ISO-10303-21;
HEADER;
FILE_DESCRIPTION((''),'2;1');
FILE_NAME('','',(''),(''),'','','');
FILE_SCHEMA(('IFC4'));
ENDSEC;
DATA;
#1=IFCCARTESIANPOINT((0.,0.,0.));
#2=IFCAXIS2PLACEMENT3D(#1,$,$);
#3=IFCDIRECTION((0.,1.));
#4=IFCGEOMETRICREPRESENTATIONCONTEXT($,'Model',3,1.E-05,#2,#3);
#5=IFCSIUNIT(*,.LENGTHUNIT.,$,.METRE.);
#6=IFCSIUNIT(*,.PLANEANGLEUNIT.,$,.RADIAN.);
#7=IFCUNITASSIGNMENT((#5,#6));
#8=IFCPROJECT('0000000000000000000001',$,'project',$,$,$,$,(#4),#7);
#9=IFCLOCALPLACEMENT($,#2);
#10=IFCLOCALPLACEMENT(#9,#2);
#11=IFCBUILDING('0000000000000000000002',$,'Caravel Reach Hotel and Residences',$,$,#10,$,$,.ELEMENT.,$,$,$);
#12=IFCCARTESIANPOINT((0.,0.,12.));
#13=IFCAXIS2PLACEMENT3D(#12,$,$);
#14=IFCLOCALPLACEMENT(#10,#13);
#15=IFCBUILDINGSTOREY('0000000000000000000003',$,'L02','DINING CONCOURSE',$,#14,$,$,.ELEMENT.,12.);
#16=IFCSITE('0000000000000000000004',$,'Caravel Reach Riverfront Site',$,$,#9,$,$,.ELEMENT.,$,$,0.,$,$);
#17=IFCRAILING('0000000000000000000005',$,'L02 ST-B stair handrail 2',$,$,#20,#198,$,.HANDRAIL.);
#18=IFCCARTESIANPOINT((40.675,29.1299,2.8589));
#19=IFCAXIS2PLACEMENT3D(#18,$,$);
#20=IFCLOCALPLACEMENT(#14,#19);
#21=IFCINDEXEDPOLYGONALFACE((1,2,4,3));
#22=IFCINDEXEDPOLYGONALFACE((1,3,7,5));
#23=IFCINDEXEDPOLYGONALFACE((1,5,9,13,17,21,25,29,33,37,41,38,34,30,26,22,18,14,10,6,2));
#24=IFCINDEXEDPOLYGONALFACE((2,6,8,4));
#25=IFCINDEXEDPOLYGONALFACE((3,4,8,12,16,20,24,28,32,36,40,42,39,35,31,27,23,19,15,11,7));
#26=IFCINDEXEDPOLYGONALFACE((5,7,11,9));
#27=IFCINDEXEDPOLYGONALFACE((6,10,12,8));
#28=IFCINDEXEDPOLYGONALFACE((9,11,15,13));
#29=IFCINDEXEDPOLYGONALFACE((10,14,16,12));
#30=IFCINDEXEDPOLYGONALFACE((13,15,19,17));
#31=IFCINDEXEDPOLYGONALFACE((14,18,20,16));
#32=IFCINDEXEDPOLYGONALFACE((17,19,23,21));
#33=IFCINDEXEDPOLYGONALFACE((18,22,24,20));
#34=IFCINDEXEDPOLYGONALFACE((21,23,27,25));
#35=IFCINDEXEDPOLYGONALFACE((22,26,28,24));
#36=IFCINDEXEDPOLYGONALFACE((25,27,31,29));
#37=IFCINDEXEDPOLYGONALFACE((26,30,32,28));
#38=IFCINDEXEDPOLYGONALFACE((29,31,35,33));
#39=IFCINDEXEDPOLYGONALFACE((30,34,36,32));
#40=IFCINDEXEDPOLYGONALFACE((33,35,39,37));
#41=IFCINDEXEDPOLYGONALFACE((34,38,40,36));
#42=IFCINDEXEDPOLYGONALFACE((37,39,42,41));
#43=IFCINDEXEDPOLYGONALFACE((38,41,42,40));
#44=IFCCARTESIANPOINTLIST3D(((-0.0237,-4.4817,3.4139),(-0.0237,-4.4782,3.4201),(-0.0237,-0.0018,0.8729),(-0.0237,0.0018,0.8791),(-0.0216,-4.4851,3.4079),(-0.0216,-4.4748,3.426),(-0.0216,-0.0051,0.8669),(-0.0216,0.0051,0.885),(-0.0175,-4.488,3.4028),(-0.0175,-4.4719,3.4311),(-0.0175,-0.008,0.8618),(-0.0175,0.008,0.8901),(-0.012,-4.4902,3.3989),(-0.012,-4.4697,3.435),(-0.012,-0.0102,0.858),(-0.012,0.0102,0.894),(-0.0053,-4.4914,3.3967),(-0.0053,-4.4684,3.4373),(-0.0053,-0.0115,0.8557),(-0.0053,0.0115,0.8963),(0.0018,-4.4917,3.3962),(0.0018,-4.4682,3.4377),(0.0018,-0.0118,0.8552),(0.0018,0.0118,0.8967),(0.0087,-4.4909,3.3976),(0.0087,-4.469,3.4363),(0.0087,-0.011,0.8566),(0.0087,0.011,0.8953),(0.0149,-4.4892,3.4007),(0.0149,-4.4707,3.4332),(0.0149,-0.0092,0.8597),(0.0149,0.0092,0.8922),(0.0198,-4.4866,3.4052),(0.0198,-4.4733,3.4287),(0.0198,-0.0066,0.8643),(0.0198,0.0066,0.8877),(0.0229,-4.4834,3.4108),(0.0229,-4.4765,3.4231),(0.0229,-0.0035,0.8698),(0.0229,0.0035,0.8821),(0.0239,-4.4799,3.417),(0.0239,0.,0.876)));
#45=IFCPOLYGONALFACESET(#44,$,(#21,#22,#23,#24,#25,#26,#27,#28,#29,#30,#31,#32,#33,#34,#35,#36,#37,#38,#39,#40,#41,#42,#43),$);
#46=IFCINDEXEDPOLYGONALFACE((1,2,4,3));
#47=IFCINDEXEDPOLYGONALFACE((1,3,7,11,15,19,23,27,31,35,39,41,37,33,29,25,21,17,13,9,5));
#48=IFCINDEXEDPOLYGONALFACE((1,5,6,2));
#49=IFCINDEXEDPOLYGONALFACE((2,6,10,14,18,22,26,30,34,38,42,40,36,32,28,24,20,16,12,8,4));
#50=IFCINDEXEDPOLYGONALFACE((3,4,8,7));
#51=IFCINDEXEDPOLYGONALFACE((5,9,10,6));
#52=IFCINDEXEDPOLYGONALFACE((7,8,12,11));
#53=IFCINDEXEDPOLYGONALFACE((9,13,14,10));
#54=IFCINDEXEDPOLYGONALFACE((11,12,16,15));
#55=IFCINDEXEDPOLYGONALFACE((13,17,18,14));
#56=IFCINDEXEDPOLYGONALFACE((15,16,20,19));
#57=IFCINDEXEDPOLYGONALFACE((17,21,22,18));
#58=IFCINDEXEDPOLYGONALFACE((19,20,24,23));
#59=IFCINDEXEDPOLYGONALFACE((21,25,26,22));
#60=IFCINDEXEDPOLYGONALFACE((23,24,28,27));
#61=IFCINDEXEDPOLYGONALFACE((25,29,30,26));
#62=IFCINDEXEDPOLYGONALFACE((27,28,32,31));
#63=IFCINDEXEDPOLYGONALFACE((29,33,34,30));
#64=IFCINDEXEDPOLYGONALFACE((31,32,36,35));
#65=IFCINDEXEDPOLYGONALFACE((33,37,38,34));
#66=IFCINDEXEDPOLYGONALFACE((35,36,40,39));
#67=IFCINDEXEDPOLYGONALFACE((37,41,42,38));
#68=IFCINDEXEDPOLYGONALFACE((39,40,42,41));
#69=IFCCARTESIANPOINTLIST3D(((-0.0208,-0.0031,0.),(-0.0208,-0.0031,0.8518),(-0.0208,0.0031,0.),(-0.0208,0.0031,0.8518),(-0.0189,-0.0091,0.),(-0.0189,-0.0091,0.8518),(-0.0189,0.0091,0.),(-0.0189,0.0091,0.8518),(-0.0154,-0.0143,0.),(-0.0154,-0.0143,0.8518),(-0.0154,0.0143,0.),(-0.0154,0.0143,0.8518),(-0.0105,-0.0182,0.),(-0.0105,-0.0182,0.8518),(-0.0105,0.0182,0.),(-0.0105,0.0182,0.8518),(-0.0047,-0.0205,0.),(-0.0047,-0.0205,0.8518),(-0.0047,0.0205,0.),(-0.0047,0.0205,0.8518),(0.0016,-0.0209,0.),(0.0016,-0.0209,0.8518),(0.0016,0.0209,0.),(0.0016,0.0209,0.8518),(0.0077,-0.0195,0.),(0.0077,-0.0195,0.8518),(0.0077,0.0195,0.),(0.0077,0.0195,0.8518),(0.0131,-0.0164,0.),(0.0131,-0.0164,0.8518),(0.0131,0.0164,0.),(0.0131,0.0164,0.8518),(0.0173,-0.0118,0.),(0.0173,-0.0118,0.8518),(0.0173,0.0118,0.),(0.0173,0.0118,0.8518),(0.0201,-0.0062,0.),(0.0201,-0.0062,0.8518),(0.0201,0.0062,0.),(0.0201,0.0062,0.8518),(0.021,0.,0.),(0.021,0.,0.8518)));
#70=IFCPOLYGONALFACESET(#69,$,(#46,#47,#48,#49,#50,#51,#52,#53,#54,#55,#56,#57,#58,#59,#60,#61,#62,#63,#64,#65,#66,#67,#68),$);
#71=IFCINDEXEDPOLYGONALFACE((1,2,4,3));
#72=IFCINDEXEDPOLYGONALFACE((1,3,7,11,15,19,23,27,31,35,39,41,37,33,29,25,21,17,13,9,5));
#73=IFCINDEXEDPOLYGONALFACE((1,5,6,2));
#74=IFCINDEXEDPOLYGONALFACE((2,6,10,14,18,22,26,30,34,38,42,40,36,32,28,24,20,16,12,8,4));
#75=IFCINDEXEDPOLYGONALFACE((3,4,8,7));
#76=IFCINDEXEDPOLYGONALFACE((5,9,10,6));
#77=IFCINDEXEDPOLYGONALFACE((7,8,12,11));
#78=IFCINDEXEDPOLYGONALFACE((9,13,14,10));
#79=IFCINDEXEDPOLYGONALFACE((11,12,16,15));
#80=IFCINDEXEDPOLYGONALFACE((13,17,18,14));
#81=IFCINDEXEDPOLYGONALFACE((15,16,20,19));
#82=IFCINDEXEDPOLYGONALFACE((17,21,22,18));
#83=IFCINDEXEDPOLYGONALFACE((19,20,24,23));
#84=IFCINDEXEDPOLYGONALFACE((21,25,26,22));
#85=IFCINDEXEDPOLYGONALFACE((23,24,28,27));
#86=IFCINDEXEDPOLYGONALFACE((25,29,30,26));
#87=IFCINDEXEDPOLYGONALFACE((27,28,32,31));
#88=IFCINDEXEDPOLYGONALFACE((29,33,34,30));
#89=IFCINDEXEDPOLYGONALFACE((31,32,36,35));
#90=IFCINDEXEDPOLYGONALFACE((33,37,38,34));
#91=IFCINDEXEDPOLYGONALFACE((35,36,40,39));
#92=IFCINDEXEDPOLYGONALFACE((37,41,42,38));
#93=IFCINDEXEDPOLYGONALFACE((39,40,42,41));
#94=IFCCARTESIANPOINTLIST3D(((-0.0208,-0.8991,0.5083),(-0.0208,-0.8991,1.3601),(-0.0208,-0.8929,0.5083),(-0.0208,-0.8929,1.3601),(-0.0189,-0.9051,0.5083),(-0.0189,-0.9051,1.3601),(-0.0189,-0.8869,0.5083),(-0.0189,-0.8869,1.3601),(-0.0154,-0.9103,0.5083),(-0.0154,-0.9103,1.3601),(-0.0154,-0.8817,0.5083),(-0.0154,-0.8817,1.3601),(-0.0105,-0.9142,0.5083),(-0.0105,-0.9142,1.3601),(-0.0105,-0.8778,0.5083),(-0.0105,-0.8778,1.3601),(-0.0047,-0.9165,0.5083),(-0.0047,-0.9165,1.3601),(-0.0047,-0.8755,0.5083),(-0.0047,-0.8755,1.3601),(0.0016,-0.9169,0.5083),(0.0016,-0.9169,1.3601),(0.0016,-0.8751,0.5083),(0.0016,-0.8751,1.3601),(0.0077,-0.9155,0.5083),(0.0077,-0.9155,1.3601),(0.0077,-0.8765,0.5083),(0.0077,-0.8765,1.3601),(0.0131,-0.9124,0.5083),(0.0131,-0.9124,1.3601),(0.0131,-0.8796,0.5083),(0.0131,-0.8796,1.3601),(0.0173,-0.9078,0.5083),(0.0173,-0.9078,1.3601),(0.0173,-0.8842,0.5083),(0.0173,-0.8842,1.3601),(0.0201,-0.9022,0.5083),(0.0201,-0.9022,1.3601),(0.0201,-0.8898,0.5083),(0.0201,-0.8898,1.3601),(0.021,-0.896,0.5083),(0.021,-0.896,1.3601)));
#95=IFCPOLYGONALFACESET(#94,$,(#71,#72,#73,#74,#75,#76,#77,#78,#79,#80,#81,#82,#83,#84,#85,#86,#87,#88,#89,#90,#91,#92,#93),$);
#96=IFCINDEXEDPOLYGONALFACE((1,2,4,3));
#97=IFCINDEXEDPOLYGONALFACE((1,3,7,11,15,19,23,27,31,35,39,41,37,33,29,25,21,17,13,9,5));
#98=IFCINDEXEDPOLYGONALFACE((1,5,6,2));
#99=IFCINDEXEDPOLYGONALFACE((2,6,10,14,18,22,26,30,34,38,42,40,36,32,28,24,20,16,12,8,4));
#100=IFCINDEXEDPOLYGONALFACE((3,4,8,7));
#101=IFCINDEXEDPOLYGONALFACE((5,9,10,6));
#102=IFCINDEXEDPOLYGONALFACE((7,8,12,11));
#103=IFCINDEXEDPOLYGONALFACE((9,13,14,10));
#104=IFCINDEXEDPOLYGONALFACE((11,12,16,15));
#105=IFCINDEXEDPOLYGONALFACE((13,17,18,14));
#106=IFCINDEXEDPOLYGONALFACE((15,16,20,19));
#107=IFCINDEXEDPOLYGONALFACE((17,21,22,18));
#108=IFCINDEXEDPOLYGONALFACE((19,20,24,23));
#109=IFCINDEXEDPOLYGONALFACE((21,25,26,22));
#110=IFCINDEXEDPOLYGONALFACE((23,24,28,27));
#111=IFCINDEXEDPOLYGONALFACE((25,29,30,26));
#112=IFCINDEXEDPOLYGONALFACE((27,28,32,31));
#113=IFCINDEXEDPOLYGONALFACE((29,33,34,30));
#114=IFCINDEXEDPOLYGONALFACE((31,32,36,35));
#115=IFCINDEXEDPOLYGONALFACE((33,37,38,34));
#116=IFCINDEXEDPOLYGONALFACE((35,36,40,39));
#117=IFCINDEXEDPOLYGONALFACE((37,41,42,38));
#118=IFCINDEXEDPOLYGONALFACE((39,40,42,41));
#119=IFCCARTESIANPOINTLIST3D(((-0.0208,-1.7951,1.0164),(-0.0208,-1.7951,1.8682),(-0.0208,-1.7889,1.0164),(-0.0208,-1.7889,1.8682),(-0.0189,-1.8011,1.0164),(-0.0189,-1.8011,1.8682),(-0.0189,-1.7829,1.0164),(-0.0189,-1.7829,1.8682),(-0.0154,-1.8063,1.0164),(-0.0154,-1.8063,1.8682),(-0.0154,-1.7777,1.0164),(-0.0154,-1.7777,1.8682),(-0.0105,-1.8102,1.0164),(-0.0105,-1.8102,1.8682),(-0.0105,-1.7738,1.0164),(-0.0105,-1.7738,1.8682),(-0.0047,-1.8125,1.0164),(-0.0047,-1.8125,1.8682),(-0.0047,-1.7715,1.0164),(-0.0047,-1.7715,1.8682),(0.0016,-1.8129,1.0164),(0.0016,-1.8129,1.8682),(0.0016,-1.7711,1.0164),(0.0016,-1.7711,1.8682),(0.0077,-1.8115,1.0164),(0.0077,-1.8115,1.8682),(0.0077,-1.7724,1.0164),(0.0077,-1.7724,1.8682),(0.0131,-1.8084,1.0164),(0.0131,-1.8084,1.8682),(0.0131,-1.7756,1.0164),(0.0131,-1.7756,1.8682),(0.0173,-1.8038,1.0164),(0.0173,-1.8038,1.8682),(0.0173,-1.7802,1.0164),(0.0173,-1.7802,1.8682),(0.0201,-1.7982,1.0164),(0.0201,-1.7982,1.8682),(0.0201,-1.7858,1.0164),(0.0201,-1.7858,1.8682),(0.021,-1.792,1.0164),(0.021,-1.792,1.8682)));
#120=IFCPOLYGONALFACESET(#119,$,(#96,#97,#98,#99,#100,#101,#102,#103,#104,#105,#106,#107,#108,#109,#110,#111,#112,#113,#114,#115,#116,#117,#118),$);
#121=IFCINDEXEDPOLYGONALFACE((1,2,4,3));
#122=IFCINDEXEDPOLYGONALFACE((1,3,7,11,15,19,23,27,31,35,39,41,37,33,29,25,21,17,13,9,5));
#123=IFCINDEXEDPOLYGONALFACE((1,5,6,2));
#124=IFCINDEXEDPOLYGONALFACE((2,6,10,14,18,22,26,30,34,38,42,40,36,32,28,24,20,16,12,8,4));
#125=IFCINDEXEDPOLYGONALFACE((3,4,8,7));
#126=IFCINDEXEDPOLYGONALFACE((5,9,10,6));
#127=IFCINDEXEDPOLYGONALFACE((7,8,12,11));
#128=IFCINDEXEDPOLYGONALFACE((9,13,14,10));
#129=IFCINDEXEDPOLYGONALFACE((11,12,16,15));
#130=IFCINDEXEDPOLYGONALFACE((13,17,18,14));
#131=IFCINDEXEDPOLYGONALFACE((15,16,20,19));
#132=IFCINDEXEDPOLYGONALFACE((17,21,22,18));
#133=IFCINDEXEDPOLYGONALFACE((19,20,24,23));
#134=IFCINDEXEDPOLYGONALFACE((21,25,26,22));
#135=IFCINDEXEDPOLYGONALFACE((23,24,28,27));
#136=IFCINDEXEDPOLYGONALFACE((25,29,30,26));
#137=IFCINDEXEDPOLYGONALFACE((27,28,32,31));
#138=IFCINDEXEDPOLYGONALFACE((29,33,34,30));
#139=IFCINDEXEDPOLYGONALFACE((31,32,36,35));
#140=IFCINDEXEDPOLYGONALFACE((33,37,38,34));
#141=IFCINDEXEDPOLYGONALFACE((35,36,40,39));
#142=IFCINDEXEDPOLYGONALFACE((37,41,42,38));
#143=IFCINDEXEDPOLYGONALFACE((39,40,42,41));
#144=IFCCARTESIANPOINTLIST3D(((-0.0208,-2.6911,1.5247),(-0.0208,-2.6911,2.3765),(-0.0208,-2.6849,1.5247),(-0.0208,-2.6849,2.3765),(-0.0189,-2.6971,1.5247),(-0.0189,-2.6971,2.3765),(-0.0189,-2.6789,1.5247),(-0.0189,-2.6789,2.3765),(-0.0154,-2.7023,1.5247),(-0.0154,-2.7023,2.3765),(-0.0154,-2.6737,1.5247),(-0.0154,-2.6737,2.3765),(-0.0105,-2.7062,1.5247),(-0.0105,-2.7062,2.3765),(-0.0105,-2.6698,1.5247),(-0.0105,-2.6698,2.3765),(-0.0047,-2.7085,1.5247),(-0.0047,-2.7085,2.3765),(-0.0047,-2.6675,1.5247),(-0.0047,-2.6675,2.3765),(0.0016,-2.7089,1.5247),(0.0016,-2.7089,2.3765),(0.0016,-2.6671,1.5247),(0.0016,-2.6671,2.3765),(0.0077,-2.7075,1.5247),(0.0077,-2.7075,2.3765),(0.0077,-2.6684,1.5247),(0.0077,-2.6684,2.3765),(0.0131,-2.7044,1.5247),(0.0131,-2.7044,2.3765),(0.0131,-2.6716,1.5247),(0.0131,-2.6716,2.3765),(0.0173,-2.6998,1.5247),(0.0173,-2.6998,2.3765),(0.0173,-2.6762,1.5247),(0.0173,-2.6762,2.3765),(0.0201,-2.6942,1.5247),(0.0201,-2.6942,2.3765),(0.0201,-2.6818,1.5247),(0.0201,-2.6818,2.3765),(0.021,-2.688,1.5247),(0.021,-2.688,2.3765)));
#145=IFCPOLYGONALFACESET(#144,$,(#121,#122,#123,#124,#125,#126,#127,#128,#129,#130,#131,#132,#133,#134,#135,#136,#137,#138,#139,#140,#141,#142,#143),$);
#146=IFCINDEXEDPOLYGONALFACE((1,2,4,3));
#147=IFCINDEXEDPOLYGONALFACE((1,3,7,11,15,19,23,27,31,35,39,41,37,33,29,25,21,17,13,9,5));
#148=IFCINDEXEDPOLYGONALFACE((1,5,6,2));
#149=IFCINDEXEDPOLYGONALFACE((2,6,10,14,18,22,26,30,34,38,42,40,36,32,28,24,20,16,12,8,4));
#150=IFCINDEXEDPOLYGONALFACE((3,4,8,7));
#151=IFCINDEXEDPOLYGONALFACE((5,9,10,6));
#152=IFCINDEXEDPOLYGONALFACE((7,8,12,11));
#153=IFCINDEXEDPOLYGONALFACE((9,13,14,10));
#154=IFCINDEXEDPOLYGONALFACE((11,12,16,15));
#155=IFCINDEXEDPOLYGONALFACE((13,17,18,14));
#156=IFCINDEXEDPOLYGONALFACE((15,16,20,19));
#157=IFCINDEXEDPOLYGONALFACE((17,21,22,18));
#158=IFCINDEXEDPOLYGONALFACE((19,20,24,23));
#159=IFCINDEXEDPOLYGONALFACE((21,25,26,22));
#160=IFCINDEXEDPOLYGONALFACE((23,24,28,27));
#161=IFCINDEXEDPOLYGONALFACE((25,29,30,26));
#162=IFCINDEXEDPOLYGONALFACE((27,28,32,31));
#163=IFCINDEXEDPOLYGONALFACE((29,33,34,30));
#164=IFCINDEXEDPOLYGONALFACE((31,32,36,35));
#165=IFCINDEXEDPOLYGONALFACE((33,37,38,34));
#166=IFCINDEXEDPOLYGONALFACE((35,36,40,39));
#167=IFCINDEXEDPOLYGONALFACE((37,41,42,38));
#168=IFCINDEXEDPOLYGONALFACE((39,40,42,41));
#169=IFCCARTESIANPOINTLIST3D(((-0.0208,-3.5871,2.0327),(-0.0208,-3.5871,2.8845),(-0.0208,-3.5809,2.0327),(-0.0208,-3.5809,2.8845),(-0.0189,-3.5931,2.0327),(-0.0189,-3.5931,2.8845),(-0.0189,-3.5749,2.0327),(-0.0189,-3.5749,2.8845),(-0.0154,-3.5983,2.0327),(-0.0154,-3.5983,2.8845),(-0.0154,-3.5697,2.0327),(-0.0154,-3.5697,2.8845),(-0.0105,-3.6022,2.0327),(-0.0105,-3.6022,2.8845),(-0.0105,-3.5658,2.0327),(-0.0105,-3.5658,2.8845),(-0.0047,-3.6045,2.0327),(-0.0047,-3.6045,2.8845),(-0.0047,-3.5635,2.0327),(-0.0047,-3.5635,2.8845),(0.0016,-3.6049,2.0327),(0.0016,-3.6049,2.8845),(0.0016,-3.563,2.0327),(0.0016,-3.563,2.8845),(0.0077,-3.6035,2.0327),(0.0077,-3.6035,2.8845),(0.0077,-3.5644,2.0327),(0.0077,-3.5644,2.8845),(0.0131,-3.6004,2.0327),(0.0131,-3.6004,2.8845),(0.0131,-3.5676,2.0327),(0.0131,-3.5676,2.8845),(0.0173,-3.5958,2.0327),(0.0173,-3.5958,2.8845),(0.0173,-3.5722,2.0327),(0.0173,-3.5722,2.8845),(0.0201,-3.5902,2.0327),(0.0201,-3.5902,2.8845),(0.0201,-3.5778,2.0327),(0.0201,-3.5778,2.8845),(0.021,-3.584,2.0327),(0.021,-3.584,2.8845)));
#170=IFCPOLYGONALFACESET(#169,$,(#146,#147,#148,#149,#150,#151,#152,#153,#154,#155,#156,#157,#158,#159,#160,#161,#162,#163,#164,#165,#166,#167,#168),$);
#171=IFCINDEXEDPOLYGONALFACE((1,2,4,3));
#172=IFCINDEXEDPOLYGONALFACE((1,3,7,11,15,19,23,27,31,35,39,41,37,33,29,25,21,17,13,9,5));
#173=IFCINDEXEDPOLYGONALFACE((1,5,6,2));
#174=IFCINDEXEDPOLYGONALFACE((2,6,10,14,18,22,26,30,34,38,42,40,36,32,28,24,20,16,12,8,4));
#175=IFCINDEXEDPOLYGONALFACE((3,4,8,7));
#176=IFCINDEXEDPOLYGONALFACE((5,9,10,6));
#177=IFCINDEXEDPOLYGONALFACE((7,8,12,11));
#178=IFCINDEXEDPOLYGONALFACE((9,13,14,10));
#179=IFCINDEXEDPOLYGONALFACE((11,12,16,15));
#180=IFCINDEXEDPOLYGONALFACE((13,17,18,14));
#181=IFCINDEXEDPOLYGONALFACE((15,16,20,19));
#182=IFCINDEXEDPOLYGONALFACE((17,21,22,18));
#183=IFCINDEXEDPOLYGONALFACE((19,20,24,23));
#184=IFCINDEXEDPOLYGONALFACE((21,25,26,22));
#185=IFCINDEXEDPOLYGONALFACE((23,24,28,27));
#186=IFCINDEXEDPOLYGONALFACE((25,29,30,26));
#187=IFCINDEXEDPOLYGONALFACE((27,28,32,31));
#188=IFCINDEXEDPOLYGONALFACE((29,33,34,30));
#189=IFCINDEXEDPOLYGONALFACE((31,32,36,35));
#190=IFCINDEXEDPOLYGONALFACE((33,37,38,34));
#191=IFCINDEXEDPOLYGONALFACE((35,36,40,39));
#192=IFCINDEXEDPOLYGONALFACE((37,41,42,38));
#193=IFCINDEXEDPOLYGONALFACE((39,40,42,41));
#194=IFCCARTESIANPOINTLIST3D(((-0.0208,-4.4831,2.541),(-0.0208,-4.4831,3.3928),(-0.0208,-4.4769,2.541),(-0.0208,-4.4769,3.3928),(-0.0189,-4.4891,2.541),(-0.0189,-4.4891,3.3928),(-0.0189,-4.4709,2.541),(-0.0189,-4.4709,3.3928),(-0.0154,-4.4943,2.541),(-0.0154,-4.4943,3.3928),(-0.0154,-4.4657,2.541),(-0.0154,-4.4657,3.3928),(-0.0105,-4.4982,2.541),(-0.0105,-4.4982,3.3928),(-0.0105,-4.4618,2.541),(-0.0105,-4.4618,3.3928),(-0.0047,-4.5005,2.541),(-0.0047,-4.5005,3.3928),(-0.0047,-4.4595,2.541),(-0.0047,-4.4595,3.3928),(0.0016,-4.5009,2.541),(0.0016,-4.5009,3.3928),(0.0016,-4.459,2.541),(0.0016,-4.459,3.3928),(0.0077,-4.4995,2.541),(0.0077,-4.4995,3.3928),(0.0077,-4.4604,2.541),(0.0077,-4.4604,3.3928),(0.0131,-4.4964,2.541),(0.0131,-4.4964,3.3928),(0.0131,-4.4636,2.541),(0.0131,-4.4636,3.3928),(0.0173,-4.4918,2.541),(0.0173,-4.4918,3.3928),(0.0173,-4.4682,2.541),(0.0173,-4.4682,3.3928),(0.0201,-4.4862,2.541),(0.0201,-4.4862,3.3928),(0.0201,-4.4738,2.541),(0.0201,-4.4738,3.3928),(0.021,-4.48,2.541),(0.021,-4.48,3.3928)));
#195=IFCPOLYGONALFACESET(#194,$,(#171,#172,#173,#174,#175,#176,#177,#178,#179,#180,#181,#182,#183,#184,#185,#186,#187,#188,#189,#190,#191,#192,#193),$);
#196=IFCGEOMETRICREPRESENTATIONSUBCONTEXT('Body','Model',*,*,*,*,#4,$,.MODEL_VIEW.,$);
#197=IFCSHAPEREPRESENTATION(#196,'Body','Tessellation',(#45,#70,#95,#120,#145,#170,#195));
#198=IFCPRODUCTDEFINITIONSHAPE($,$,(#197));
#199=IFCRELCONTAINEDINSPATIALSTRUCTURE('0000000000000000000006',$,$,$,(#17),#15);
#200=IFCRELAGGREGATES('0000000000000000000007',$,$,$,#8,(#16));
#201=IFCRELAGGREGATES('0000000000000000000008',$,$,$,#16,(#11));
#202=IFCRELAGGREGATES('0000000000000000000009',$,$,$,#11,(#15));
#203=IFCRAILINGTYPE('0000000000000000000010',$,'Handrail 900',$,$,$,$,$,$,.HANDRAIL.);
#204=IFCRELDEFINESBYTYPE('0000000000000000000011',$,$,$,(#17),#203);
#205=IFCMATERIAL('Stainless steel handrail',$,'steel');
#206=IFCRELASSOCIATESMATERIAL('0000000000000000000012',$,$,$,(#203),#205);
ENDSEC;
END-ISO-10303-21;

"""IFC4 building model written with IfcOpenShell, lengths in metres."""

from ifc_helpers import new_model, si_unit, direction, frame, origin, origin_2d, place, context, subcontext, project, spatial, circle, extrude, material, type_object, element, save


model = new_model("IFC4")

# Units and contexts
model_context = context("Model", 3, precision=1e-05, world=origin(), true_north=direction((0.0, 1.0)))
body_context = subcontext(model_context, "Body", "Model", "MODEL_VIEW")
ifc_project = project(units=[si_unit("LENGTHUNIT", "METRE"), si_unit("PLANEANGLEUNIT", "RADIAN")], contexts=[model_context])

# Site, building, storey
site_placement = place(None, origin())
site = spatial("IfcSite", under=ifc_project, at=site_placement, Name="Caravel Reach Riverfront Site", CompositionType="ELEMENT", RefElevation=0.0)
building_placement = place(site_placement, origin())
building = spatial("IfcBuilding", under=site, at=building_placement, Name="Caravel Reach Hotel and Residences", CompositionType="ELEMENT")
storey_placement = place(building_placement, frame((0.0, 0.0, 12.0)))
storey = spatial("IfcBuildingStorey", under=building, at=storey_placement, Name="L02", Description="DINING CONCOURSE", CompositionType="ELEMENT", Elevation=12.0)

# Railing
ifc_material_1 = material(Name="Stainless steel handrail", Category="steel")
railing_type_1 = type_object("IfcRailingType", Name="Handrail 900", PredefinedType="HANDRAIL", material=ifc_material_1)
railing_1_placement = place(storey_placement, frame((40.675, 29.1299, 2.8589)))
element("IfcRailing", 1, at=railing_1_placement, inside=storey, type_object=railing_type_1, Name="L02 ST-B stair handrail 2", PredefinedType="HANDRAIL", context=body_context, shape_type="SweptSolid", body=[
    extrude(circle(Radius=0.0239, at=origin_2d()), frame((0.0, 0.0, 0.876), z_axis=(0.0, -0.869826, 0.493359), x_axis=(1.0, 0.0, 0.0)), (0.0, 0.0, 1.0), 5.1504),
    extrude(circle(Radius=0.021, at=origin_2d()), origin(), (0.0, 0.0, 1.0), 0.8518),
    extrude(circle(Radius=0.021, at=origin_2d()), frame((0.0, -0.896, 0.5083)), (0.0, 0.0, 1.0), 0.8518),
    extrude(circle(Radius=0.021, at=origin_2d()), frame((0.0, -1.792, 1.0164)), (0.0, 0.0, 1.0), 0.8518),
    extrude(circle(Radius=0.021, at=origin_2d()), frame((0.0, -2.688, 1.5247)), (0.0, 0.0, 1.0), 0.8518),
    extrude(circle(Radius=0.021, at=origin_2d()), frame((0.0, -3.584, 2.0327)), (0.0, 0.0, 1.0), 0.8518),
    extrude(circle(Radius=0.021, at=origin_2d()), frame((0.0, -4.48, 2.541)), (0.0, 0.0, 1.0), 0.8518),
])

save(model, "model.ifc")
